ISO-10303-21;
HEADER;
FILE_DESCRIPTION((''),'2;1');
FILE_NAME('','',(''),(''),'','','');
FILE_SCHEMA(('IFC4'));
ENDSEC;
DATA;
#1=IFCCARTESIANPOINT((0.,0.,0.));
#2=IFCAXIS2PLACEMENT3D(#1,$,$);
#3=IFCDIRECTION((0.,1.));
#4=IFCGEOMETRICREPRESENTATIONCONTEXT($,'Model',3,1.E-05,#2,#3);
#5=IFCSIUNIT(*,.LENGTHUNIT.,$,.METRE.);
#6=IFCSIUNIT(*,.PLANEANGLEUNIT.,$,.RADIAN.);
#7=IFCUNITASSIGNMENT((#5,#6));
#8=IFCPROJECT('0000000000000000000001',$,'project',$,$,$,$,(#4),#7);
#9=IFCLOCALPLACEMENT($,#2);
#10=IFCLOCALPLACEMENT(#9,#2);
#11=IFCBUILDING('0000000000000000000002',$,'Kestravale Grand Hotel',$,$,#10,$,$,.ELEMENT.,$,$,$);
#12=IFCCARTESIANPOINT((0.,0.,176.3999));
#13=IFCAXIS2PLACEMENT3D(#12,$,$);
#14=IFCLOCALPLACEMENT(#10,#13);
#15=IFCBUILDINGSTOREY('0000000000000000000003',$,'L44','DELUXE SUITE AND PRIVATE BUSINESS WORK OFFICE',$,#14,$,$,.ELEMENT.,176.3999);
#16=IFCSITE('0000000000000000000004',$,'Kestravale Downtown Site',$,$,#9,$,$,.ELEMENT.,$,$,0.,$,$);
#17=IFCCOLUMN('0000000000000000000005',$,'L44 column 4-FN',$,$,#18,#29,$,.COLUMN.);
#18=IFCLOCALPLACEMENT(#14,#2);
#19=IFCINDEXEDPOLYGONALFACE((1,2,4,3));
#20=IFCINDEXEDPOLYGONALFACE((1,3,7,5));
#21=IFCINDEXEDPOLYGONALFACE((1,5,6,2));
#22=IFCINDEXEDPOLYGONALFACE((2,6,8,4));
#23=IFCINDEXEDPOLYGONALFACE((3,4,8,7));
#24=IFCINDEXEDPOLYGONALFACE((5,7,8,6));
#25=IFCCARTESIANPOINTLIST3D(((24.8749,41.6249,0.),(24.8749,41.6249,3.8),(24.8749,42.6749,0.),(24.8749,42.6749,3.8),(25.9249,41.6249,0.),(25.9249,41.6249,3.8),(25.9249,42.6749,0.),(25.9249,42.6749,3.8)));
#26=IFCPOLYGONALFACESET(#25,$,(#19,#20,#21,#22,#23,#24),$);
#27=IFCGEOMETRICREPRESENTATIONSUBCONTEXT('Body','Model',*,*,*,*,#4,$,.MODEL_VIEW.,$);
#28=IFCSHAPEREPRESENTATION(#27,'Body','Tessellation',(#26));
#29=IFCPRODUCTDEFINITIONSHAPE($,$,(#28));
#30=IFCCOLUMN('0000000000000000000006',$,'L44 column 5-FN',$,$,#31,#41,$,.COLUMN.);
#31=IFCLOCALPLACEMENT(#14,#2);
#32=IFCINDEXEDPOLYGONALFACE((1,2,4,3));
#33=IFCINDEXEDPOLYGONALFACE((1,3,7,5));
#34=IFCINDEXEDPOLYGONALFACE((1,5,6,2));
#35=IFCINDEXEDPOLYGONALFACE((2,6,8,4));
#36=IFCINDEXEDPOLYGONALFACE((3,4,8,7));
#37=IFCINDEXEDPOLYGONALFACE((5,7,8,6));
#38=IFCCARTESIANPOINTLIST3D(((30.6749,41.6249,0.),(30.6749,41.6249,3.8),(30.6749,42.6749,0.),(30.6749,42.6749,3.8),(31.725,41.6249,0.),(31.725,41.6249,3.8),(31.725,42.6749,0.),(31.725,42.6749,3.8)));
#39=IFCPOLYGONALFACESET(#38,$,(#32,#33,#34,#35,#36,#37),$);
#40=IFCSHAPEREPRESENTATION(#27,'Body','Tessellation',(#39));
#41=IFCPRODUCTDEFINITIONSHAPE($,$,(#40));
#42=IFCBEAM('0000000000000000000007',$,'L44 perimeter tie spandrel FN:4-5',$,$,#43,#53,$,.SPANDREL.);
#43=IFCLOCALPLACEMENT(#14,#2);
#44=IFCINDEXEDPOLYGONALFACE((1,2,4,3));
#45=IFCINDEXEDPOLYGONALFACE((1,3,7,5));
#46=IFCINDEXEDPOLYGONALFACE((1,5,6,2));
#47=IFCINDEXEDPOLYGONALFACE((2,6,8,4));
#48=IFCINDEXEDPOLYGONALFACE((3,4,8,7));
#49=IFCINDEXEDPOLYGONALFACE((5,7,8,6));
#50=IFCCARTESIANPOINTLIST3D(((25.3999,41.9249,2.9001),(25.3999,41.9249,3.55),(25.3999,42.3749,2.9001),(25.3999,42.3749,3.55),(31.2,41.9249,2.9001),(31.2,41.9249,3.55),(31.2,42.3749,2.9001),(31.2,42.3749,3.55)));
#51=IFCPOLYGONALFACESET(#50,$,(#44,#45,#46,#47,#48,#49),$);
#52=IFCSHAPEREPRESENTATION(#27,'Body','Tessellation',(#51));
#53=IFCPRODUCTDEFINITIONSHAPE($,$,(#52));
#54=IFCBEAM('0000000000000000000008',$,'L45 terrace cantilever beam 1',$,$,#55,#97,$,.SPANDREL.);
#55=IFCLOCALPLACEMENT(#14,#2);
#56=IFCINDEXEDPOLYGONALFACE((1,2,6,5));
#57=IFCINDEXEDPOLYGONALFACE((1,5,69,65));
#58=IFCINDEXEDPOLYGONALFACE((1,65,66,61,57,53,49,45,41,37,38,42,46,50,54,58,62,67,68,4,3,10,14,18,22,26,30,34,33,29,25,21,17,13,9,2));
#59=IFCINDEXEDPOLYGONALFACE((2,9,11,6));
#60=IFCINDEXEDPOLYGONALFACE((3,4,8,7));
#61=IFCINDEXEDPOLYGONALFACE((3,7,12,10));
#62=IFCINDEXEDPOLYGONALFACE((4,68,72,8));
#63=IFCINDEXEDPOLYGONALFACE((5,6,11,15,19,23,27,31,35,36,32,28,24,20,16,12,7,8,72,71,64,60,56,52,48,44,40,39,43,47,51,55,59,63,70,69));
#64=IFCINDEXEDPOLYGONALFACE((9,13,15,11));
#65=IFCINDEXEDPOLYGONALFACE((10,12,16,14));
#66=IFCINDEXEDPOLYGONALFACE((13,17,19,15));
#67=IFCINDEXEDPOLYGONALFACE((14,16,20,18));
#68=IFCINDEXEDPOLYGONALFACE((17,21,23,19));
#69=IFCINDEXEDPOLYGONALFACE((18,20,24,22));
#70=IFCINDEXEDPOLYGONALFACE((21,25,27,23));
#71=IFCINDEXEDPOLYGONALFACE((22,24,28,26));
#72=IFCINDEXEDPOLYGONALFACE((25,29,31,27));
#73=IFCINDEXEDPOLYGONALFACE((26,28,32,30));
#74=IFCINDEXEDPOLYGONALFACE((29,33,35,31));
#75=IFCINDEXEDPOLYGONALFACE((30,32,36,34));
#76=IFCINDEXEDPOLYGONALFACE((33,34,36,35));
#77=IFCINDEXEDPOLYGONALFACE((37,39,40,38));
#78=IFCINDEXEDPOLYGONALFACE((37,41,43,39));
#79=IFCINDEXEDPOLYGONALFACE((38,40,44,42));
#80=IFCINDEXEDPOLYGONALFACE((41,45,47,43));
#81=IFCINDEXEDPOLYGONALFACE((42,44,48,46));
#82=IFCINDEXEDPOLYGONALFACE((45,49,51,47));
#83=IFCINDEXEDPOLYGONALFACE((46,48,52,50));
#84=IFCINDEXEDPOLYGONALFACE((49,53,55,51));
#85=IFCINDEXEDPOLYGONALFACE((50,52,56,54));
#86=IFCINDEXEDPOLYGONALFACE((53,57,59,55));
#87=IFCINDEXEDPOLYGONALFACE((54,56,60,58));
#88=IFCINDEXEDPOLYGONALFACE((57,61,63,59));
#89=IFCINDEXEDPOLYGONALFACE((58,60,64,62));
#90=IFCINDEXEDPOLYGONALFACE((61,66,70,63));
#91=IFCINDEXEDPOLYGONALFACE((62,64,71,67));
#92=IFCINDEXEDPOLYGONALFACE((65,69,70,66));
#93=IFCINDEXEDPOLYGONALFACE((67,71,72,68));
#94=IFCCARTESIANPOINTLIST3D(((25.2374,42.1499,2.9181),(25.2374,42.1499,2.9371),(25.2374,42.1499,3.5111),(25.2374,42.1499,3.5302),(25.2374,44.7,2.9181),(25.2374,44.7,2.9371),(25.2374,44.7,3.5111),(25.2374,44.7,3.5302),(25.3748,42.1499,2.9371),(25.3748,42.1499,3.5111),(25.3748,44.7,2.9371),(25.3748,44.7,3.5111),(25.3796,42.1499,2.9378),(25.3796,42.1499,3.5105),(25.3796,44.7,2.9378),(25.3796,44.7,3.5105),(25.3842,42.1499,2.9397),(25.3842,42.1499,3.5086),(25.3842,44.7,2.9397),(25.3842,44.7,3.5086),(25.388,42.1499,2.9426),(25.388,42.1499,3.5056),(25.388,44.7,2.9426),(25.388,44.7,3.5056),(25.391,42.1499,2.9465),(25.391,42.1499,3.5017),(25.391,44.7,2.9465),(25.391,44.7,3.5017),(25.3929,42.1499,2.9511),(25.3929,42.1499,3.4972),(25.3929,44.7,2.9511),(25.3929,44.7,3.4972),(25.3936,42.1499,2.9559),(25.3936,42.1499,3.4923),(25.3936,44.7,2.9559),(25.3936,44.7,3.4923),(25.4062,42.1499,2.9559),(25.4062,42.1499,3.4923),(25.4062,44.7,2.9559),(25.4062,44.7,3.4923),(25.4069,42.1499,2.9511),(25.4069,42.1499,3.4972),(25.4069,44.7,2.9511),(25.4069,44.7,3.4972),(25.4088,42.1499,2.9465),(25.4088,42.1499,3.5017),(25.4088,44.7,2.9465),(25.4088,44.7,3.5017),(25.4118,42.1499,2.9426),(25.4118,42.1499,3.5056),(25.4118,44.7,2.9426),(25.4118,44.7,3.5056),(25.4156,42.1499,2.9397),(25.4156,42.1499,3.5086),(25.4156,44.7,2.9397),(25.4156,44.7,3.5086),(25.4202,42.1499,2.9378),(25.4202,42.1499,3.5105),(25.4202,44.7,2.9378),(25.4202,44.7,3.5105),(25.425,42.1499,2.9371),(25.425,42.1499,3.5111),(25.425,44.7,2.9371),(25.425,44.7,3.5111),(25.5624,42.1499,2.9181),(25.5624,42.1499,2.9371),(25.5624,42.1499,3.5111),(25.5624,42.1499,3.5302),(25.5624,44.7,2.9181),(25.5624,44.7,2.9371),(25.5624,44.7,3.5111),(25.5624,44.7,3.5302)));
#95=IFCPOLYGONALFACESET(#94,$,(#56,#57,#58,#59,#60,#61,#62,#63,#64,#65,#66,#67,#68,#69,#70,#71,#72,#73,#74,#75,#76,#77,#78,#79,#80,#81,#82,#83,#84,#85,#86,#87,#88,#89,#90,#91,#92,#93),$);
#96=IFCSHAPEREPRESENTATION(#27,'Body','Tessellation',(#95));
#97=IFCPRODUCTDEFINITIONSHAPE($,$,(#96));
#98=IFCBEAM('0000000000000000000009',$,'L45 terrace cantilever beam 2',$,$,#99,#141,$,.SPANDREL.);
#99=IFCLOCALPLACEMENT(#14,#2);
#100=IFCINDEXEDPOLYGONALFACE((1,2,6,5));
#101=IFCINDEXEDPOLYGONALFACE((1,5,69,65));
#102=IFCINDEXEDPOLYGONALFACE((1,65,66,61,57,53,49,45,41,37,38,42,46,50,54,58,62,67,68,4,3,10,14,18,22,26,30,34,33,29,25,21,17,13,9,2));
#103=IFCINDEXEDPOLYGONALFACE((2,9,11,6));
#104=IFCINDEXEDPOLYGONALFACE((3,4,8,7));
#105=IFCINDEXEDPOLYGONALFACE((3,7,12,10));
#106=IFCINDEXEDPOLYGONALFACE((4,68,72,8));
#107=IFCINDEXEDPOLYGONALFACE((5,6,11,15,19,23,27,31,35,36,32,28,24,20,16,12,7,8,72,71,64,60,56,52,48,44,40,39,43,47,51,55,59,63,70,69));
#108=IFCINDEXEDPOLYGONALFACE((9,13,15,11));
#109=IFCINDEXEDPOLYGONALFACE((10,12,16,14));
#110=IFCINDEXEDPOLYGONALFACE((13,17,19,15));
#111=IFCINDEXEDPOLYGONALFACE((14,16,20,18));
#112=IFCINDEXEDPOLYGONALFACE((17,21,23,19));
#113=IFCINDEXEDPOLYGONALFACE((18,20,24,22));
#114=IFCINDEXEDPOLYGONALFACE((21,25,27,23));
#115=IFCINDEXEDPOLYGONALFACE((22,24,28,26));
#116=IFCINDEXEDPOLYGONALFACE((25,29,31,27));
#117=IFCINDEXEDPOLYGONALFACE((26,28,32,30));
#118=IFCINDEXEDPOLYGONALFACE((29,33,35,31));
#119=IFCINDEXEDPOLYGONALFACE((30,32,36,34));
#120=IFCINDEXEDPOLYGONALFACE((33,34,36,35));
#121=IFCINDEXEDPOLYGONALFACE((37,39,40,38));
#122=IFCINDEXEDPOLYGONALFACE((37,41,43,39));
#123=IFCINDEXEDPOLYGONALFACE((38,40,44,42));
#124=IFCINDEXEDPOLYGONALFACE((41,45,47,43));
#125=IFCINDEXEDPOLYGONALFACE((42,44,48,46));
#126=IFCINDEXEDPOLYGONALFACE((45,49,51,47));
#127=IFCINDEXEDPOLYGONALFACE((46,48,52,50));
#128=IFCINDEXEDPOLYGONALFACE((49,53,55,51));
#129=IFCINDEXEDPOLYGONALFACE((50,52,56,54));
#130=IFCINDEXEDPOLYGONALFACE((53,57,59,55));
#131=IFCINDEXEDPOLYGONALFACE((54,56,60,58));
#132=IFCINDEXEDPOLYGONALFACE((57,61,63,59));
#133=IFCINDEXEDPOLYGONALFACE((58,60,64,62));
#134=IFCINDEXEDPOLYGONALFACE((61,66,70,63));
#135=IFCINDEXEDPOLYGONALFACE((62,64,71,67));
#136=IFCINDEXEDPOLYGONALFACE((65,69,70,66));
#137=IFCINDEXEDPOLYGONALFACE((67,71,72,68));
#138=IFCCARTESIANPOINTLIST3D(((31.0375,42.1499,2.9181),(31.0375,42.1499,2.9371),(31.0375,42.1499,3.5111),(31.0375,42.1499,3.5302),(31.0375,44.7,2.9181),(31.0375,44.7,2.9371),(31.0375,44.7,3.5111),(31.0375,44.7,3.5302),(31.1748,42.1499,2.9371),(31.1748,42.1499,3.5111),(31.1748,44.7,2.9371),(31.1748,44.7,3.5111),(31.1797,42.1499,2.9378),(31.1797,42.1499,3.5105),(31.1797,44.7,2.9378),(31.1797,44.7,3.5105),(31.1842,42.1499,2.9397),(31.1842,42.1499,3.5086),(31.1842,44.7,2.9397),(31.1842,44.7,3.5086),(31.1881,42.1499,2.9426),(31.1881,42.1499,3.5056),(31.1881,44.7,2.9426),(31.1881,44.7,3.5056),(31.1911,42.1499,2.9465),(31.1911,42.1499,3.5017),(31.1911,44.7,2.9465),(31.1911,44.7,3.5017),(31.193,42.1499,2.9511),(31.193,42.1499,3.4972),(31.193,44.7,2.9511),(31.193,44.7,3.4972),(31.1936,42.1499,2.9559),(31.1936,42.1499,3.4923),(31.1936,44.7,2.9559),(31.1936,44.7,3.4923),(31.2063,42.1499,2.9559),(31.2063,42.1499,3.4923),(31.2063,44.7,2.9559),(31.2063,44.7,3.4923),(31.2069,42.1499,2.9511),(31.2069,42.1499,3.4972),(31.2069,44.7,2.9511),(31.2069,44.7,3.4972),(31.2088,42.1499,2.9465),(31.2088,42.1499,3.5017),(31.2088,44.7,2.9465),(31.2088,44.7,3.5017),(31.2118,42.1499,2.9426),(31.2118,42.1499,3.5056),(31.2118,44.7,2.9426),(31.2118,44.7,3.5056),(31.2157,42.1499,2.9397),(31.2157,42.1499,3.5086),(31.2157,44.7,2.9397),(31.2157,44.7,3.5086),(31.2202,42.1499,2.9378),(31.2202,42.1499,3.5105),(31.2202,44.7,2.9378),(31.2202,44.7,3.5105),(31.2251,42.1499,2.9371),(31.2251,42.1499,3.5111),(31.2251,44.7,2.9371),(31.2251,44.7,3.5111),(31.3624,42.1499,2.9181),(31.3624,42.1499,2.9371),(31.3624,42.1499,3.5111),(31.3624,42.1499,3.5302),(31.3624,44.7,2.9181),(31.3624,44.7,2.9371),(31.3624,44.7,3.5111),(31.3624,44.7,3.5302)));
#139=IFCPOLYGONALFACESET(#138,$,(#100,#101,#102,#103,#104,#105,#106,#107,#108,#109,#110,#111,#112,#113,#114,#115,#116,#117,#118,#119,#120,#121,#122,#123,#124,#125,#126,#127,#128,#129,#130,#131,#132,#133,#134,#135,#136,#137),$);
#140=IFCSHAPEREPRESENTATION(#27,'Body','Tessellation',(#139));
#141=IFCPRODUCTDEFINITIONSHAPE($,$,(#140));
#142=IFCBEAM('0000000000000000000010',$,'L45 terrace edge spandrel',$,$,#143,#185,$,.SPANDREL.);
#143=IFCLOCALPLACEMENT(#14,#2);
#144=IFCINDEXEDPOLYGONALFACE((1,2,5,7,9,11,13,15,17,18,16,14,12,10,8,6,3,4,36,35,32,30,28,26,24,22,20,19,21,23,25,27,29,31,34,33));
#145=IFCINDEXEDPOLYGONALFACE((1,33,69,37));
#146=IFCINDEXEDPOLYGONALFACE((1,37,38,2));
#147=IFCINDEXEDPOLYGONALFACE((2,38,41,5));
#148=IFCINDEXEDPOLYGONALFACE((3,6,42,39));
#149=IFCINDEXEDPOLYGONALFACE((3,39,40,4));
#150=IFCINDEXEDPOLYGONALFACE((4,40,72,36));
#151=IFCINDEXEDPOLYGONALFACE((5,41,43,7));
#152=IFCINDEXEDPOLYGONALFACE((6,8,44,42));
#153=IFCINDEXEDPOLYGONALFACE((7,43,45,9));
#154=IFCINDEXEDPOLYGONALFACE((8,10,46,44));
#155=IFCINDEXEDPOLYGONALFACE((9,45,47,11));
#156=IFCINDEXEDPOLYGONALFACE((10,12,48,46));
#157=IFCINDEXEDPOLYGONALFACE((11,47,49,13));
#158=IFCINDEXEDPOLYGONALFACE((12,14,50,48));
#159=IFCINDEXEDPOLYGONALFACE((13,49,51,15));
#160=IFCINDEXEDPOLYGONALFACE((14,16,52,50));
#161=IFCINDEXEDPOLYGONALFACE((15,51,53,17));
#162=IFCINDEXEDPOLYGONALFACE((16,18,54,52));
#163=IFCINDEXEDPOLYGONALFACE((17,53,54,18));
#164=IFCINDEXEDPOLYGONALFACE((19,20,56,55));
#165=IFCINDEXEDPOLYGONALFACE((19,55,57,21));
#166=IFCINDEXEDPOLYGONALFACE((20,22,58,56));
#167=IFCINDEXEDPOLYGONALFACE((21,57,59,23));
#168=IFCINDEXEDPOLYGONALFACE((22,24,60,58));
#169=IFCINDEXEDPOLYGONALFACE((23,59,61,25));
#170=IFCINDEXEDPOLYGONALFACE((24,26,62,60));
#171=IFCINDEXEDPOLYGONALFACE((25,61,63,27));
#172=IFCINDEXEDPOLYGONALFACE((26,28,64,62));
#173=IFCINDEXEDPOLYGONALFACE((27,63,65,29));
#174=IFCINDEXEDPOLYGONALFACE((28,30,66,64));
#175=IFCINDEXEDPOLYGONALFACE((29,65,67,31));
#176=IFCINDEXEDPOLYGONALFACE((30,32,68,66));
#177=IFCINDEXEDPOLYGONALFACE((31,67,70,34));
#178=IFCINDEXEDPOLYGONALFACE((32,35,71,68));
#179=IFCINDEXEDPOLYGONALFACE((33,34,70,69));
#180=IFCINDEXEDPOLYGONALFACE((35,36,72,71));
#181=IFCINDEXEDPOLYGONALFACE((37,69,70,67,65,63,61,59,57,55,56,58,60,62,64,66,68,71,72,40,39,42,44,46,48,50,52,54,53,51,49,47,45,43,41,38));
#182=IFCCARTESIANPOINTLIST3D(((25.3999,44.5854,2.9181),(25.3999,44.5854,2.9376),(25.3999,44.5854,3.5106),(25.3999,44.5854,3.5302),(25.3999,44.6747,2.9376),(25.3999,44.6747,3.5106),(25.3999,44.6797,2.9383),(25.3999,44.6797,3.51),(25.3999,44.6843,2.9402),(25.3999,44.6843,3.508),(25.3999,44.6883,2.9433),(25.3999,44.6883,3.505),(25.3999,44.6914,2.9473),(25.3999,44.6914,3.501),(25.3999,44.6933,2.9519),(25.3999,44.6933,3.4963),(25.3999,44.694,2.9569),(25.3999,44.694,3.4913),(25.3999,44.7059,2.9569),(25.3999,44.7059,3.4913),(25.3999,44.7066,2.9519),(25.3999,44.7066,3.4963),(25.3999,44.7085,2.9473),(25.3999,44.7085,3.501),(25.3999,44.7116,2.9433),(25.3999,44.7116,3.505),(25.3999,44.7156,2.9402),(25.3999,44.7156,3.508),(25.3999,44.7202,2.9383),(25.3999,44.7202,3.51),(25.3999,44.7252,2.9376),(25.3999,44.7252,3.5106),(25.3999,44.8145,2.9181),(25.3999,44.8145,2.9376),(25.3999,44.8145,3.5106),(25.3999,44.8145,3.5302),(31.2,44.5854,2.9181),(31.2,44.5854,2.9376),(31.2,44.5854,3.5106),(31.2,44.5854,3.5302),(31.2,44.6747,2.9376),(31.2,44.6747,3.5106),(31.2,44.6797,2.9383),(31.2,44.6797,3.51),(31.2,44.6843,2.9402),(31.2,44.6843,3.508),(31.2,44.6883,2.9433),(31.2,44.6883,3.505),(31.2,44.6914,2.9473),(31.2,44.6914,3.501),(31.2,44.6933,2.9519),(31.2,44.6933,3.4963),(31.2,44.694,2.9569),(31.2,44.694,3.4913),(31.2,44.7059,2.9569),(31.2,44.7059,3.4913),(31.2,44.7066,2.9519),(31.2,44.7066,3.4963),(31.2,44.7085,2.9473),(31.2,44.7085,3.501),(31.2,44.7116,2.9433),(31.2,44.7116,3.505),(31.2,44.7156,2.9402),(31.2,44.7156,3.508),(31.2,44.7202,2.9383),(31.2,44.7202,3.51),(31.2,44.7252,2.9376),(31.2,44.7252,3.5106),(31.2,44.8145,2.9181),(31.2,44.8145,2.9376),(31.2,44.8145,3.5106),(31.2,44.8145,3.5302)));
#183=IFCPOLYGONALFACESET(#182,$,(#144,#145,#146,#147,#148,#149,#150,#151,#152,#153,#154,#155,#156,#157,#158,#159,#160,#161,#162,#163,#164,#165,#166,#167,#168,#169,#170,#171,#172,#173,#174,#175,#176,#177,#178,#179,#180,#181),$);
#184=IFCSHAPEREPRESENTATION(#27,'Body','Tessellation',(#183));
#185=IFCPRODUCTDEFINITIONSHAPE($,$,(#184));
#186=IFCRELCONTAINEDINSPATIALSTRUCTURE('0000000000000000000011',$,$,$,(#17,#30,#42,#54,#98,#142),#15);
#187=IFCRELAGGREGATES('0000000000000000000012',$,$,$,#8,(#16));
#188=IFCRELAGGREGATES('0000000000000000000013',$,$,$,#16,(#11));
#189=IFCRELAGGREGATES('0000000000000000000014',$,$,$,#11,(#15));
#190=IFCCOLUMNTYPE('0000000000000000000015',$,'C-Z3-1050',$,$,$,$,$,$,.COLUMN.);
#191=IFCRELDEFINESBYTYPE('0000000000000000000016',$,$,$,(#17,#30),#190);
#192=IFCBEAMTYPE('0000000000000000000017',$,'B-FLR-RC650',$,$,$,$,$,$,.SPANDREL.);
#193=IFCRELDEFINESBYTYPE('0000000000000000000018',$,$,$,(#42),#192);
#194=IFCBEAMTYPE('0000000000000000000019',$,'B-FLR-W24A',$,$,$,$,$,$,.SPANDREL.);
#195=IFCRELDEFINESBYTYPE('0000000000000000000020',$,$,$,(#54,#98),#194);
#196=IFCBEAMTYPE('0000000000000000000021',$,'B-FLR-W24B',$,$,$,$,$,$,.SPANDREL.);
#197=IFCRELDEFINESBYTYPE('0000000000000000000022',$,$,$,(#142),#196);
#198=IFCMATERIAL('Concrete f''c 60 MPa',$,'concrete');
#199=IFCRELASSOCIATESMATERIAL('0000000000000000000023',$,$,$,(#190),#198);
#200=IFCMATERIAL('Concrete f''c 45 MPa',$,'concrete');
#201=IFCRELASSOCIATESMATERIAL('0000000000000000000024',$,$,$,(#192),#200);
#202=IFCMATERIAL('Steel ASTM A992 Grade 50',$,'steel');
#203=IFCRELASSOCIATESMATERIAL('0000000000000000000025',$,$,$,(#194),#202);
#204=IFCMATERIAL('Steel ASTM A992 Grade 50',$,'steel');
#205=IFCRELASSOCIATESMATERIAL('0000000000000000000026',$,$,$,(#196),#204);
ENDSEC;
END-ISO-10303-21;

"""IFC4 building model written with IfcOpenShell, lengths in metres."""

from ifc_helpers import new_model, si_unit, direction, frame, origin, origin_2d, place, context, subcontext, project, spatial, rectangle, i_section, extrude, material, material_profile, profile_set, type_object, element, save


model = new_model("IFC4")

# Units and contexts
model_context = context("Model", 3, precision=1e-05, world=origin(), true_north=direction((0.0, 1.0)))
body_context = subcontext(model_context, "Body", "Model", "MODEL_VIEW")
ifc_project = project(units=[si_unit("LENGTHUNIT", "METRE"), si_unit("PLANEANGLEUNIT", "RADIAN")], contexts=[model_context])

# Site, building, storey
site_placement = place(None, origin())
site = spatial("IfcSite", under=ifc_project, at=site_placement, Name="Kestravale Downtown Site", CompositionType="ELEMENT", RefElevation=0.0)
building_placement = place(site_placement, origin())
building = spatial("IfcBuilding", under=site, at=building_placement, Name="Kestravale Grand Hotel", CompositionType="ELEMENT")
storey_placement = place(building_placement, frame((0.0, 0.0, 176.3999)))
storey = spatial("IfcBuildingStorey", under=building, at=storey_placement, Name="L44", Description="DELUXE SUITE AND PRIVATE BUSINESS WORK OFFICE", CompositionType="ELEMENT", Elevation=176.3999)

# Columns
ifc_material_1 = material(Name="Concrete f'c 60 MPa", Category="concrete")
ifc_material_profile_1 = material_profile(ifc_material_1, rectangle(XDim=1.05, YDim=1.05, at=origin_2d()))
ifc_profile_set_1 = profile_set([ifc_material_profile_1], Name="Concrete f'c 60 MPa")
column_type = type_object("IfcColumnType", Name="C-Z3-1050", PredefinedType="COLUMN", material=ifc_profile_set_1)
for number, where, z_axis, x_axis, name in (
    (1, (25.3999, 42.1499, 0.0), (0.0, 0.0, 1.0), (1.0, 0.0, 0.0), "L44 column 4-FN"),
    (2, (31.2, 42.1499, 0.0), (0.0, 0.0, 1.0), (1.0, 0.0, 0.0), "L44 column 5-FN"),
):
    element("IfcColumn", number, at=place(storey_placement, frame(where, z_axis=z_axis, x_axis=x_axis)), inside=storey, type_object=column_type, Name=name, PredefinedType="COLUMN", context=body_context, shape_type="SweptSolid", body=[
        extrude(rectangle(XDim=1.05, YDim=1.05, at=origin_2d()), origin(), (0.0, 0.0, 1.0), 3.8),
    ])

# Beams
ifc_material_2 = material(Name="Concrete f'c 45 MPa", Category="concrete")
ifc_material_profile_2 = material_profile(ifc_material_2, rectangle(XDim=0.45, YDim=0.6499, at=origin_2d()))
ifc_profile_set_2 = profile_set([ifc_material_profile_2], Name="Concrete f'c 45 MPa")
beam_type_1 = type_object("IfcBeamType", Name="B-FLR-RC650", PredefinedType="SPANDREL", material=ifc_profile_set_2)
beam_1_placement = place(storey_placement, frame((25.3999, 42.1499, 3.2251), z_axis=(1.0, 0.0, 0.0), x_axis=(0.0, 1.0, 0.0)))
element("IfcBeam", 3, at=beam_1_placement, inside=storey, type_object=beam_type_1, Name="L44 perimeter tie spandrel FN:4-5", PredefinedType="SPANDREL", context=body_context, shape_type="SweptSolid", body=[
    extrude(rectangle(XDim=0.45, YDim=0.6499, at=origin_2d()), origin(), (0.0, 0.0, 1.0), 5.8),
])
ifc_material_3 = material(Name="Steel ASTM A992 Grade 50", Category="steel")
ifc_material_profile_3 = material_profile(ifc_material_3, i_section(OverallWidth=0.325, OverallDepth=0.6121, WebThickness=0.0127, FlangeThickness=0.019, FilletRadius=0.0188, at=origin_2d()))
ifc_profile_set_3 = profile_set([ifc_material_profile_3], Name="Steel ASTM A992 Grade 50")
beam_type_2 = type_object("IfcBeamType", Name="B-FLR-W24A", PredefinedType="SPANDREL", material=ifc_profile_set_3)
for number, where, z_axis, x_axis, name in (
    (4, (25.3999, 42.1499, 3.2241), (0.0, 1.0, 0.0), (-1.0, 0.0, 0.0), "L45 terrace cantilever beam 1"),
    (5, (31.2, 42.1499, 3.2241), (0.0, 1.0, 0.0), (-1.0, 0.0, 0.0), "L45 terrace cantilever beam 2"),
):
    element("IfcBeam", number, at=place(storey_placement, frame(where, z_axis=z_axis, x_axis=x_axis)), inside=storey, type_object=beam_type_2, Name=name, PredefinedType="SPANDREL", context=body_context, shape_type="SweptSolid", body=[
        extrude(i_section(OverallWidth=0.325, OverallDepth=0.6121, WebThickness=0.0127, FlangeThickness=0.019, FilletRadius=0.0188, at=origin_2d()), origin(), (0.0, 0.0, 1.0), 2.55),
    ])
ifc_material_4 = material(Name="Steel ASTM A992 Grade 50", Category="steel")
ifc_material_profile_4 = material_profile(ifc_material_4, i_section(OverallWidth=0.229, OverallDepth=0.6121, WebThickness=0.012, FlangeThickness=0.0195, FilletRadius=0.0193, at=origin_2d()))
ifc_profile_set_4 = profile_set([ifc_material_profile_4], Name="Steel ASTM A992 Grade 50")
beam_type_3 = type_object("IfcBeamType", Name="B-FLR-W24B", PredefinedType="SPANDREL", material=ifc_profile_set_4)
beam_2_placement = place(storey_placement, frame((25.3999, 44.7, 3.2241), z_axis=(1.0, 0.0, 0.0), x_axis=(0.0, 1.0, 0.0)))
element("IfcBeam", 6, at=beam_2_placement, inside=storey, type_object=beam_type_3, Name="L45 terrace edge spandrel", PredefinedType="SPANDREL", context=body_context, shape_type="SweptSolid", body=[
    extrude(i_section(OverallWidth=0.229, OverallDepth=0.6121, WebThickness=0.012, FlangeThickness=0.0195, FilletRadius=0.0193, at=origin_2d()), origin(), (0.0, 0.0, 1.0), 5.8),
])

save(model, "model.ifc")
